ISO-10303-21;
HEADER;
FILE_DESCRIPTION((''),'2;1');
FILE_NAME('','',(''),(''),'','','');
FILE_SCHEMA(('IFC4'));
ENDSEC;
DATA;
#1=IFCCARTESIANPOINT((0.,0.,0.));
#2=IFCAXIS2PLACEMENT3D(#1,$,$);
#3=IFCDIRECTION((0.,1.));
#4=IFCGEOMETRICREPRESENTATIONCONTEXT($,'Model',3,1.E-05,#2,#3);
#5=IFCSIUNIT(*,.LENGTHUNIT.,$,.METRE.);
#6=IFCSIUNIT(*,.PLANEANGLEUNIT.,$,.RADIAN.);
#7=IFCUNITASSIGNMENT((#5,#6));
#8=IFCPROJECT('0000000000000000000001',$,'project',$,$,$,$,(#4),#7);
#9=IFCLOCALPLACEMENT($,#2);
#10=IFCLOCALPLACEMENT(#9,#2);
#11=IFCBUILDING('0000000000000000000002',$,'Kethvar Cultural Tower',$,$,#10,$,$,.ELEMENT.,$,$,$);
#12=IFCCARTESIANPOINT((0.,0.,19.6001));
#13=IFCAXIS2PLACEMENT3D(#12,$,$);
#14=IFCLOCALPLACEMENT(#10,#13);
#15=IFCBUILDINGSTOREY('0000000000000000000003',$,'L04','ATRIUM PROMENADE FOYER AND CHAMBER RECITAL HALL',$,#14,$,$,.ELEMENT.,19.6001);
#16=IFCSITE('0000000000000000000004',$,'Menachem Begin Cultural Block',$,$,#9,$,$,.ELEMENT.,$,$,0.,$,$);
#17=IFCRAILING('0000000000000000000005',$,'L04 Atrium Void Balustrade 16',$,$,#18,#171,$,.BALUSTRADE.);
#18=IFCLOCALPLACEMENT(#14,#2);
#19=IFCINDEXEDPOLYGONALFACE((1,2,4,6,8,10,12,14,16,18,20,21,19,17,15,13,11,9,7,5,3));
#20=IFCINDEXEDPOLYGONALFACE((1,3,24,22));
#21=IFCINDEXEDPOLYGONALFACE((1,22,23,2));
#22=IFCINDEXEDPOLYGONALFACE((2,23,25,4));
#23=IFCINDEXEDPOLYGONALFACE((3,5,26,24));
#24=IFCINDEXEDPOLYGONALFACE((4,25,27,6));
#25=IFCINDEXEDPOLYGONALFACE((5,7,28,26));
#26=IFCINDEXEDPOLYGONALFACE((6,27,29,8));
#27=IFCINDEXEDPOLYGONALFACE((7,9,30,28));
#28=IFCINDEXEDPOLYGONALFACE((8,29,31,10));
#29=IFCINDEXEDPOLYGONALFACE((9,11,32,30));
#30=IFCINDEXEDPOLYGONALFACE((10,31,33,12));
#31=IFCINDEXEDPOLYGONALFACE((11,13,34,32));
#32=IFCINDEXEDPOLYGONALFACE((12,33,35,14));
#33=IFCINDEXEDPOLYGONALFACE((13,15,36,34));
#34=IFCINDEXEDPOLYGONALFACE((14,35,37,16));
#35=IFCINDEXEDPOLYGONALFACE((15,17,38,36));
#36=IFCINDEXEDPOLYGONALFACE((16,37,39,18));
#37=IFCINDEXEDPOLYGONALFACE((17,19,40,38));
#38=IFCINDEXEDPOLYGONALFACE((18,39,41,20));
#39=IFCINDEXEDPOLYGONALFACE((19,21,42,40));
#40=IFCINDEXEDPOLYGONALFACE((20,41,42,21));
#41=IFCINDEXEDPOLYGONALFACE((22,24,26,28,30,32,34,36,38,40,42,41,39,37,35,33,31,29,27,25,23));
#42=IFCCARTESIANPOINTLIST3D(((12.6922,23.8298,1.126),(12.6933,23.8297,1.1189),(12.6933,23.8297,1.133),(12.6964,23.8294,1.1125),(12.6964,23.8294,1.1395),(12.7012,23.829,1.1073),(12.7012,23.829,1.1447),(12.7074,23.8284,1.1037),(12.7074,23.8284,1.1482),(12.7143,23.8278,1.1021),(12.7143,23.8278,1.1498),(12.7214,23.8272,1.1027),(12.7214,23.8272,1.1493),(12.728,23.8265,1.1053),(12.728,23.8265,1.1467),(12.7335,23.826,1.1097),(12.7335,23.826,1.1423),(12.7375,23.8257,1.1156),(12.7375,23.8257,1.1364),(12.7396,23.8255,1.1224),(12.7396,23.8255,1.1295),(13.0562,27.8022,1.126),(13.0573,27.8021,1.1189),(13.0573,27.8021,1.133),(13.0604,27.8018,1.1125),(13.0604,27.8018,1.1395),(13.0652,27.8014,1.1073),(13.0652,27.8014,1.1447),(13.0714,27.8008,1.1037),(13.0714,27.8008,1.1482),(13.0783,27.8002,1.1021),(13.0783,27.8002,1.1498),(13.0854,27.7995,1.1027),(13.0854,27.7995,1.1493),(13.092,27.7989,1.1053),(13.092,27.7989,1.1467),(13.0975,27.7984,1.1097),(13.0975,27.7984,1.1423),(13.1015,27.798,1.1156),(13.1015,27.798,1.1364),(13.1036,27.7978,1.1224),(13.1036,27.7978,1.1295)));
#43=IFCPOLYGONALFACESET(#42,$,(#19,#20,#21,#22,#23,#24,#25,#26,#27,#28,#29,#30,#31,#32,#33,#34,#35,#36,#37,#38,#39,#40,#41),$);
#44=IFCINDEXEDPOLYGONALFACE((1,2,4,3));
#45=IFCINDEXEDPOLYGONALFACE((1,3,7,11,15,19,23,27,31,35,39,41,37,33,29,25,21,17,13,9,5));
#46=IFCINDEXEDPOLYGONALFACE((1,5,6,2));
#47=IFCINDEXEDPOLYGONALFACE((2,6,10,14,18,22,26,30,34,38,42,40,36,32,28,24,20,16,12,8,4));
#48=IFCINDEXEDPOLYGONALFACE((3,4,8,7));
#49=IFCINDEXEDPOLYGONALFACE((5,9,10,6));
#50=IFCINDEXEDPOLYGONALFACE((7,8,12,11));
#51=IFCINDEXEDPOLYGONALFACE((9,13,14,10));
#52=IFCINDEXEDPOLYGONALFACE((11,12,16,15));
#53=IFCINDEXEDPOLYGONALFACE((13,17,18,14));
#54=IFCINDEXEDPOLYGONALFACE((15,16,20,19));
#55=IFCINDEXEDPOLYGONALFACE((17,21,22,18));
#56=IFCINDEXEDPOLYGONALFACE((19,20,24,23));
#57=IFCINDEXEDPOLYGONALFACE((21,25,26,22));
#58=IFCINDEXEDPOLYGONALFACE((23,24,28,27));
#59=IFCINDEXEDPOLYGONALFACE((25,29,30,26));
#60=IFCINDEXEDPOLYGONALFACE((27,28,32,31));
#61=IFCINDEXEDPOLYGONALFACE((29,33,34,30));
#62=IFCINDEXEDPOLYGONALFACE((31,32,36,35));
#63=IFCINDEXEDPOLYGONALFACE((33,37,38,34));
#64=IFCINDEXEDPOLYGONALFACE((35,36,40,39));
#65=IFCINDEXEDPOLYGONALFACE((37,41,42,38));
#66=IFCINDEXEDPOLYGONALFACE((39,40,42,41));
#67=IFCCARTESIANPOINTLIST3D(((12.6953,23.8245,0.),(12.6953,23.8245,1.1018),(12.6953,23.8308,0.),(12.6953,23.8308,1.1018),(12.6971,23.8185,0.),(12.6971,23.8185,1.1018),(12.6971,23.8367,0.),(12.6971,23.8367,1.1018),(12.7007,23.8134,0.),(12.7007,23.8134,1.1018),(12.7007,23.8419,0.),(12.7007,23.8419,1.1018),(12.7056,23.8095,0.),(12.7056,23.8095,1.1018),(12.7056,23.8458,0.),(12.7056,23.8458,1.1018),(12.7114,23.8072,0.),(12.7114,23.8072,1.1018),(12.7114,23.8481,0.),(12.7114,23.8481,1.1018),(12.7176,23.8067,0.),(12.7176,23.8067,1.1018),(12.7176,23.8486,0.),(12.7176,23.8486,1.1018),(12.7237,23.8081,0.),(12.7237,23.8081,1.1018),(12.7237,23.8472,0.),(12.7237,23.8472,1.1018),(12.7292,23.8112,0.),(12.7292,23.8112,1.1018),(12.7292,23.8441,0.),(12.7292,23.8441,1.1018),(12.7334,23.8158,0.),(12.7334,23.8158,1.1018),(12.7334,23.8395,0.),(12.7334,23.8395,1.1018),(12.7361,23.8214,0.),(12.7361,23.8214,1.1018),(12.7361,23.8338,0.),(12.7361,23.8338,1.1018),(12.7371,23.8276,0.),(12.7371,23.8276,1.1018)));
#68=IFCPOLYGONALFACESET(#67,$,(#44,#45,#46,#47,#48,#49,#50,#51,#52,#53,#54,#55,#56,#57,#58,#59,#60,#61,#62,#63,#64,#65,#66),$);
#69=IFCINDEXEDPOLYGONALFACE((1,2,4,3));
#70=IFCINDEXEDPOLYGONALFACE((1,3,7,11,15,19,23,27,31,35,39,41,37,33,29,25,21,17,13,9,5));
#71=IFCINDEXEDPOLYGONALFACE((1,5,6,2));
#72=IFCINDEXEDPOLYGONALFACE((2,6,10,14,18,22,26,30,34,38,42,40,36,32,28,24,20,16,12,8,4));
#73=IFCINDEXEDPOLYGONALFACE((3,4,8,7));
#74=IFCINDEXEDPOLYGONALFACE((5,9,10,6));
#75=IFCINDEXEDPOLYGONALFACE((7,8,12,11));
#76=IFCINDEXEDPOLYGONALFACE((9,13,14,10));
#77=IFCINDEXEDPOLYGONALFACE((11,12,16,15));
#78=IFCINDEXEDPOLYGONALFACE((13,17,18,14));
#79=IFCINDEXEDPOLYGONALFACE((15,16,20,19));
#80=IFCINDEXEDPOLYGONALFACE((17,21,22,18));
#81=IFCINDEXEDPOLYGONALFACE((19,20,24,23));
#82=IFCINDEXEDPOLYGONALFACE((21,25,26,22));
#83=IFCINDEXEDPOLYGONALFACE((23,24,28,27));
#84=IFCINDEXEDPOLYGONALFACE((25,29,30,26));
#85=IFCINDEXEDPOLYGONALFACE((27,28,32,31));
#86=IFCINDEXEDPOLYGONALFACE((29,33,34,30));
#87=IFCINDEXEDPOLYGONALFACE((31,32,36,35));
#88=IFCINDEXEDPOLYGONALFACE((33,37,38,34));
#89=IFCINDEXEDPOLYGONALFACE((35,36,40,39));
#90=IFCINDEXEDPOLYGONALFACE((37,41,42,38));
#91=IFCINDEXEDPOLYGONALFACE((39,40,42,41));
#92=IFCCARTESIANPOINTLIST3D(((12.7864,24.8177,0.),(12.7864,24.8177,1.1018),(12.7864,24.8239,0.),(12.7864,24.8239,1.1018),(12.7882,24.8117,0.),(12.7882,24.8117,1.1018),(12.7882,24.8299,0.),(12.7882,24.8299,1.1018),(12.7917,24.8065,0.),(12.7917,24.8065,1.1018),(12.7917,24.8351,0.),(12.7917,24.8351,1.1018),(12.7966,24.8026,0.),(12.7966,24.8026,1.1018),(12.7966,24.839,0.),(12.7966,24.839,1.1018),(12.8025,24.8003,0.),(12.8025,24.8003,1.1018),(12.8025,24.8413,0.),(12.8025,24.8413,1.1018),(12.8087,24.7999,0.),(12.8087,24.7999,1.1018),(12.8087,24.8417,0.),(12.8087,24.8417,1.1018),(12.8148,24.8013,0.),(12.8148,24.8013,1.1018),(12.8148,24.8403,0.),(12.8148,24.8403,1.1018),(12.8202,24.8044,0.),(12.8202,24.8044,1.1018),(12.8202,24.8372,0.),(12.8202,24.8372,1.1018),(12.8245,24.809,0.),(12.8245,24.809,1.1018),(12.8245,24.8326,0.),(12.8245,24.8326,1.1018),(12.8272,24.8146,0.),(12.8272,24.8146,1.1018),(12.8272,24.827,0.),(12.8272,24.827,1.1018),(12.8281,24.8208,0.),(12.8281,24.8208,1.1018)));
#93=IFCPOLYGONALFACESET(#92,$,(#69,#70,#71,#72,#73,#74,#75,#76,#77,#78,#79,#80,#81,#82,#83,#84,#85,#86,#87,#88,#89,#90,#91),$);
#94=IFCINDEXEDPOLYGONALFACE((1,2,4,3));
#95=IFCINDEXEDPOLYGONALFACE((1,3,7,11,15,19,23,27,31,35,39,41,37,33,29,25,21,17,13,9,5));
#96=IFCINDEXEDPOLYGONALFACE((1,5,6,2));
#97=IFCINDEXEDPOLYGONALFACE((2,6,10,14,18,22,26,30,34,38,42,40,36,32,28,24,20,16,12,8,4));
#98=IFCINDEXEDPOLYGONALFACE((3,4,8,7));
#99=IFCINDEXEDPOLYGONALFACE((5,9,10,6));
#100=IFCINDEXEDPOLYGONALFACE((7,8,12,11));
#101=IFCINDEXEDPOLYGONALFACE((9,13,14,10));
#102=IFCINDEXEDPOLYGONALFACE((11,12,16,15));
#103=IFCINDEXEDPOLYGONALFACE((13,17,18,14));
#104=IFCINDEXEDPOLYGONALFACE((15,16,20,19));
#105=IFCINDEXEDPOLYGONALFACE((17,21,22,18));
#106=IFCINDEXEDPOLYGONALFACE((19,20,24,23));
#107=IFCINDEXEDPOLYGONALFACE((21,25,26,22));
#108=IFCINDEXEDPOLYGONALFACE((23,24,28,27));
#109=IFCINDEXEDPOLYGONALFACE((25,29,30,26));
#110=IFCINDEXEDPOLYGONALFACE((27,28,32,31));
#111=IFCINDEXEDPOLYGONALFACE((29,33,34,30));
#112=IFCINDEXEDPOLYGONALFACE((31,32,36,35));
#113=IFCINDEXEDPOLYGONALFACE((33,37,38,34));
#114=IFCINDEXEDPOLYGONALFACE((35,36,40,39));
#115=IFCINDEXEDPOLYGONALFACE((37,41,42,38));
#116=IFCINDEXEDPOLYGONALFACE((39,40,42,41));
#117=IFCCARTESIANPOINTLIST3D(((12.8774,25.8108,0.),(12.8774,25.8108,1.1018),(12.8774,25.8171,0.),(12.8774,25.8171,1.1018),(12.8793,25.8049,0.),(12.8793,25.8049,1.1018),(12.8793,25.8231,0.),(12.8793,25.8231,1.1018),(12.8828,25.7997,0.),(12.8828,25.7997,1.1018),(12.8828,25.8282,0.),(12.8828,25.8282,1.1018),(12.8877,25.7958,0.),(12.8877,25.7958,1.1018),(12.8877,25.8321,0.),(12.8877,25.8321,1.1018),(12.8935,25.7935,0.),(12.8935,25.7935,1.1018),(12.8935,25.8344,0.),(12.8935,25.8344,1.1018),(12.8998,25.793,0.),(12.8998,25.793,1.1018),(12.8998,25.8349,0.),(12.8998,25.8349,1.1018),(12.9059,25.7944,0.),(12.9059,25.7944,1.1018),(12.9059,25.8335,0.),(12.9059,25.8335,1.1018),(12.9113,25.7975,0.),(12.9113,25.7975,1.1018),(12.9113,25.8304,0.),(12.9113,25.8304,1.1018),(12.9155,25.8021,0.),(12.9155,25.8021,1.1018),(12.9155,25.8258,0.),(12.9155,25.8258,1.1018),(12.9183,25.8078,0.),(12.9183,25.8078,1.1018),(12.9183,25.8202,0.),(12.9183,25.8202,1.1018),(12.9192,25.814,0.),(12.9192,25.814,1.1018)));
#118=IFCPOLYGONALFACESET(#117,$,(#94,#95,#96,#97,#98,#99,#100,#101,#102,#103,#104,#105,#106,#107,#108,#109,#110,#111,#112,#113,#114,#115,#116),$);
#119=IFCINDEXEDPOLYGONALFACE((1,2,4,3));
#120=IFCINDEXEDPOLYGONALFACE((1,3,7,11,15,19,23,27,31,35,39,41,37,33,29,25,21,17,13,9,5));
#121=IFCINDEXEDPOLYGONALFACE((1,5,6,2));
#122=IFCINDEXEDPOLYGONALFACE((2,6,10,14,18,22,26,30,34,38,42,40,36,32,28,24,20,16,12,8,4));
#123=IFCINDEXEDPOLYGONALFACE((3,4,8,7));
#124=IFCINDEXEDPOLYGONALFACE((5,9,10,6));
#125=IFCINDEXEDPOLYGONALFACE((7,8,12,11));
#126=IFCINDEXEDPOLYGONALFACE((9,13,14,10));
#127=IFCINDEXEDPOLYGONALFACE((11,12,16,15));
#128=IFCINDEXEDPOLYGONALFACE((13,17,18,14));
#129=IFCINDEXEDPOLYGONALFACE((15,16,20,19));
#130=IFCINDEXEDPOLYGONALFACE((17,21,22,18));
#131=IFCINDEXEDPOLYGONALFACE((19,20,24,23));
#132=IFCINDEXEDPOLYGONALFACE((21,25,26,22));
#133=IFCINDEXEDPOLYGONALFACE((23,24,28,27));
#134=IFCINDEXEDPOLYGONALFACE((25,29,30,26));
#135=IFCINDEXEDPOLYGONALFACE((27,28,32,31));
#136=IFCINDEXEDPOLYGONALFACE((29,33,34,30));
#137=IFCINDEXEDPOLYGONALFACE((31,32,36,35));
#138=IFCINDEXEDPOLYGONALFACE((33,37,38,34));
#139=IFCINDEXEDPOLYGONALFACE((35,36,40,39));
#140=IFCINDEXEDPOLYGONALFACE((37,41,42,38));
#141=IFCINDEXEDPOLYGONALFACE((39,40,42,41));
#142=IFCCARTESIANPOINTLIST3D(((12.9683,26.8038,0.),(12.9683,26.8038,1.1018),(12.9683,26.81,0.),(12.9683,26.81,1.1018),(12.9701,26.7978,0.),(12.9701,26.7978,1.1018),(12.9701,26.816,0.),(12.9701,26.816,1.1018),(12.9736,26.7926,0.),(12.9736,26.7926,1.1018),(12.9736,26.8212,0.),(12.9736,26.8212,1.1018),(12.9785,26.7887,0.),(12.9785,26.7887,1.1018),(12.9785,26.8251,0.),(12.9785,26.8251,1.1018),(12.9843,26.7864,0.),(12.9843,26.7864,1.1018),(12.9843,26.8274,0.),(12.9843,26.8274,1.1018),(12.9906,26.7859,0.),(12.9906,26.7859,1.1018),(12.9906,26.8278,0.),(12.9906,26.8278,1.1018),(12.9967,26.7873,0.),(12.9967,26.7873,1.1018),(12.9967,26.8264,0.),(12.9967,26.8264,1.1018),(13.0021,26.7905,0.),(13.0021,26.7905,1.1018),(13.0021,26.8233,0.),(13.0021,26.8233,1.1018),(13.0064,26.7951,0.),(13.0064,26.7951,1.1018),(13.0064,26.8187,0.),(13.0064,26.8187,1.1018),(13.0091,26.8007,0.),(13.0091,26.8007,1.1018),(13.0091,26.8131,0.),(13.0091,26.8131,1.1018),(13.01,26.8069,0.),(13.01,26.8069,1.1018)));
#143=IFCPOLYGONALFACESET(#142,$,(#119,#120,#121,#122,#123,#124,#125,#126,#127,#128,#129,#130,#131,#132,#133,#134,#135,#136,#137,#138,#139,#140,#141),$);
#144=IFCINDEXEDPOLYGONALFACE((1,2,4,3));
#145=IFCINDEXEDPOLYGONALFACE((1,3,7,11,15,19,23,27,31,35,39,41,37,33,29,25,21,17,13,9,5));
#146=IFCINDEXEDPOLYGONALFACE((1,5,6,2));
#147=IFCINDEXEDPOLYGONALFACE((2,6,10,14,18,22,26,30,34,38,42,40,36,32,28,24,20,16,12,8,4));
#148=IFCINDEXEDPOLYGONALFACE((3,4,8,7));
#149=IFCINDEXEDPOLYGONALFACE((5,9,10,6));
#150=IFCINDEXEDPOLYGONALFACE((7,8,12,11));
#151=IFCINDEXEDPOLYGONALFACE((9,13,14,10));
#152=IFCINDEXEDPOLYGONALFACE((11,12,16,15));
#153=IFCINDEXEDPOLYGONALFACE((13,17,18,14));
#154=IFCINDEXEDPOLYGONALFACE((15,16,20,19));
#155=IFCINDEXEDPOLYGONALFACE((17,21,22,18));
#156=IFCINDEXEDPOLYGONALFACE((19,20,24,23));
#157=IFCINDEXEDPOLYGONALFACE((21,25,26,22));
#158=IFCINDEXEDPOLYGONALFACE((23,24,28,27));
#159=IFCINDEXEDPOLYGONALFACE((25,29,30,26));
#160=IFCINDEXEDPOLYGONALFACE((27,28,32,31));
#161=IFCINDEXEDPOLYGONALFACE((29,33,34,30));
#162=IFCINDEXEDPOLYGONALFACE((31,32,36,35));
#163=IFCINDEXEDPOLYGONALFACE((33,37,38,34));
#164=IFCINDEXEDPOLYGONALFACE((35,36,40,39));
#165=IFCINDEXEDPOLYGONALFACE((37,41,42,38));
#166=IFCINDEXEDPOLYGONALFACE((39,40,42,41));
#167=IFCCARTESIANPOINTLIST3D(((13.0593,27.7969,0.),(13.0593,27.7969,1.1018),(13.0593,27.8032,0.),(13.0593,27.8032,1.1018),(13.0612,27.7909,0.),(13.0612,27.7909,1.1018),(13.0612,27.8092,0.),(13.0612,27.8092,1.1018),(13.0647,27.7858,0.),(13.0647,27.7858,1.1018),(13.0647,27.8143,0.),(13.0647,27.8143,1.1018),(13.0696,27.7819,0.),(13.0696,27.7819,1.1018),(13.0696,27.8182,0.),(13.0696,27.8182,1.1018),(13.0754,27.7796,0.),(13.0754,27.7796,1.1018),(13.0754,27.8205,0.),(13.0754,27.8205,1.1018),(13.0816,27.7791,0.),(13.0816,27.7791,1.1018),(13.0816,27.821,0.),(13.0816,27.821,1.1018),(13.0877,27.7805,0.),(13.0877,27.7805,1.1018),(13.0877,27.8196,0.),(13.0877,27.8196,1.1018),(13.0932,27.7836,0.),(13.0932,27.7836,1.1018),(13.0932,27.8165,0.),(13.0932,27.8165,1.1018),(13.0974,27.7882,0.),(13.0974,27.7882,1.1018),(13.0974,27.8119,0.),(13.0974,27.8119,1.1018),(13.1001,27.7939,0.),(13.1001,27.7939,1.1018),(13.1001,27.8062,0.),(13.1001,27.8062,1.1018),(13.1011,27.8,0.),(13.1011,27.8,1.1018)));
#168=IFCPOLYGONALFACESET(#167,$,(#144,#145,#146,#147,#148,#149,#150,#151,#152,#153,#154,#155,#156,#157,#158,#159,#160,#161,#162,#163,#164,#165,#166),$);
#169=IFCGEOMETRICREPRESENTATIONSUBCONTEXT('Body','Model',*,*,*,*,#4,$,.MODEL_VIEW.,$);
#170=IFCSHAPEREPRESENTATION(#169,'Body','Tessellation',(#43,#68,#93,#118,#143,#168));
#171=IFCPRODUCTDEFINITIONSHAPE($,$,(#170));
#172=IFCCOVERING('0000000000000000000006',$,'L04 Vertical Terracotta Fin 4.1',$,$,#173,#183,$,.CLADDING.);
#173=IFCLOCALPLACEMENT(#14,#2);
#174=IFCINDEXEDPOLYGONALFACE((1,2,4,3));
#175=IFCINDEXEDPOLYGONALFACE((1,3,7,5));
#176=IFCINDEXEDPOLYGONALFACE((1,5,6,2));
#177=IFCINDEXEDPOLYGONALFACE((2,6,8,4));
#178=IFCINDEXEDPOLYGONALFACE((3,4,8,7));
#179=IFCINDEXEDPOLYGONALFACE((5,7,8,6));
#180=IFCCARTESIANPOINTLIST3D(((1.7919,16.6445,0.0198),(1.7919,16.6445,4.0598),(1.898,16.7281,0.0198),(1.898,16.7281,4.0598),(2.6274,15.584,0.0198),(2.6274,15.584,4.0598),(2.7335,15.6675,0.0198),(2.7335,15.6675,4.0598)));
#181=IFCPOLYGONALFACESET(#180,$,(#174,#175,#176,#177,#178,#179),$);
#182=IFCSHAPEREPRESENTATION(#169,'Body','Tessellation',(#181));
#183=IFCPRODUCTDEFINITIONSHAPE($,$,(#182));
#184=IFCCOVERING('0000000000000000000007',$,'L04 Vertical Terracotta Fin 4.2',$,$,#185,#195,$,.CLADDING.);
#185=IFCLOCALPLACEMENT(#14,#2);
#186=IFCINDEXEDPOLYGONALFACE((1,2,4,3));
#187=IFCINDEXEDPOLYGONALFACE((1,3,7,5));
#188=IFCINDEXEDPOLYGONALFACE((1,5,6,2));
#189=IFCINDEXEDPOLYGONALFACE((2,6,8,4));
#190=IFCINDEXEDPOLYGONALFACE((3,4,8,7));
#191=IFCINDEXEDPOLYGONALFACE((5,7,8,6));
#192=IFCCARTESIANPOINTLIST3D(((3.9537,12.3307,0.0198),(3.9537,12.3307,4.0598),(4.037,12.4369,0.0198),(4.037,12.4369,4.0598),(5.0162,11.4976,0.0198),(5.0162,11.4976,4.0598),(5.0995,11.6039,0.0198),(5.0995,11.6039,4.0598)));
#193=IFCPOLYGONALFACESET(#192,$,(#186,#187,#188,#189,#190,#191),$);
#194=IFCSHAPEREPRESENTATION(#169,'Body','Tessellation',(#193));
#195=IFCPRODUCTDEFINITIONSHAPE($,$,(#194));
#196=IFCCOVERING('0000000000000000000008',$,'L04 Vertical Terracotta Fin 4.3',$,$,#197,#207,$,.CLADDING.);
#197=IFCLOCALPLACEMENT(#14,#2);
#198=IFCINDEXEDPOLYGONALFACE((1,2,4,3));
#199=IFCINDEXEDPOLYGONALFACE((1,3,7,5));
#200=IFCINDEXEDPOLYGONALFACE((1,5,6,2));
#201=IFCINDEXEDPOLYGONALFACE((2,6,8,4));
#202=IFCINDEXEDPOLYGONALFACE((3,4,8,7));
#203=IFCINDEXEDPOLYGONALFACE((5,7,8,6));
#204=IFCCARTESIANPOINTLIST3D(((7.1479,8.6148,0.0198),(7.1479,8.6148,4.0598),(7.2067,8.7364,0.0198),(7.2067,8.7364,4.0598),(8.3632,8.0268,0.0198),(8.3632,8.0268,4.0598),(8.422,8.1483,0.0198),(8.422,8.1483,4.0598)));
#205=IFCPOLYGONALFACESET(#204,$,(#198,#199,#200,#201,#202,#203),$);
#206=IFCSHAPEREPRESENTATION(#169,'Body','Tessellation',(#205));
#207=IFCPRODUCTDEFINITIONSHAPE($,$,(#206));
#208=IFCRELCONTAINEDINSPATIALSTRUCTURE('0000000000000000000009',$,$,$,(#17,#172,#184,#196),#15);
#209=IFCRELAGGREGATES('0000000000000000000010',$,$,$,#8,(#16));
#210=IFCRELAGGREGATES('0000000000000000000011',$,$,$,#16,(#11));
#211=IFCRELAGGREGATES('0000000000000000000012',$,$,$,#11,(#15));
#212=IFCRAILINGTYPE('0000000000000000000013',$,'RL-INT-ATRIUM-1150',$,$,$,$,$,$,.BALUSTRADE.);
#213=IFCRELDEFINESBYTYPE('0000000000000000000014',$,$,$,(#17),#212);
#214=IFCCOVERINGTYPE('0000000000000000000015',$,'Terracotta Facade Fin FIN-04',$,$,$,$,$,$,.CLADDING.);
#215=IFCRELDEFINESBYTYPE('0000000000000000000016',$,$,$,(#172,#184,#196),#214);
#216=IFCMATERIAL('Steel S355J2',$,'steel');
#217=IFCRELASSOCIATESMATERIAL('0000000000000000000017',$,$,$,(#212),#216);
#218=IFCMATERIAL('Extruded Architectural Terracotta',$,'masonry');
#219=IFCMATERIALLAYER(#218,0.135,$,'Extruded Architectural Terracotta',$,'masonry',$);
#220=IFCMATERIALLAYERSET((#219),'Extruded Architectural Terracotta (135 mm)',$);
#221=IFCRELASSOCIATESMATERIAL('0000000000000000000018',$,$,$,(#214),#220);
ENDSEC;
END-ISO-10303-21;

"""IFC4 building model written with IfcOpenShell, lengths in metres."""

from ifc_helpers import new_model, si_unit, direction, frame, origin, origin_2d, place, context, subcontext, project, spatial, rectangle, circle, extrude, source, transform, mapped, material, layer, layer_set, type_object, element, save


model = new_model("IFC4")

# Units and contexts
model_context = context("Model", 3, precision=1e-05, world=origin(), true_north=direction((0.0, 1.0)))
body_context = subcontext(model_context, "Body", "Model", "MODEL_VIEW")
ifc_project = project(units=[si_unit("LENGTHUNIT", "METRE"), si_unit("PLANEANGLEUNIT", "RADIAN")], contexts=[model_context])

# Site, building, storey
site_placement = place(None, origin())
site = spatial("IfcSite", under=ifc_project, at=site_placement, Name="Menachem Begin Cultural Block", CompositionType="ELEMENT", RefElevation=0.0)
building_placement = place(site_placement, origin())
building = spatial("IfcBuilding", under=site, at=building_placement, Name="Kethvar Cultural Tower", CompositionType="ELEMENT")
storey_placement = place(building_placement, frame((0.0, 0.0, 19.6001)))
storey = spatial("IfcBuildingStorey", under=building, at=storey_placement, Name="L04", Description="ATRIUM PROMENADE FOYER AND CHAMBER RECITAL HALL", CompositionType="ELEMENT", Elevation=19.6001)

# Shared definitions
ifc_material_1 = material(Name="Steel S355J2", Category="steel")

# Railing
railing_type = type_object("IfcRailingType", Name="RL-INT-ATRIUM-1150", PredefinedType="BALUSTRADE", material=ifc_material_1)
railing_1_placement = place(storey_placement, frame((12.7161, 23.8276, 0.0)))
element("IfcRailing", 1, at=railing_1_placement, inside=storey, type_object=railing_type, Name="L04 Atrium Void Balustrade 16", PredefinedType="BALUSTRADE", context=body_context, shape_type="SweptSolid", body=[
    extrude(circle(Radius=0.0239, at=origin_2d()), frame((0.0, 0.0, 1.126), z_axis=(0.091253, 0.995828, 0.0), x_axis=(-0.995828, 0.091253, 0.0)), (0.0, 0.0, 1.0), 3.989),
    extrude(circle(Radius=0.021, at=origin_2d()), origin(), (0.0, 0.0, 1.0), 1.1018),
    extrude(circle(Radius=0.021, at=origin_2d()), frame((0.0911, 0.9932, 0.0)), (0.0, 0.0, 1.0), 1.1018),
    extrude(circle(Radius=0.021, at=origin_2d()), frame((0.1821, 1.9863, 0.0)), (0.0, 0.0, 1.0), 1.1018),
    extrude(circle(Radius=0.021, at=origin_2d()), frame((0.2729, 2.9792, 0.0)), (0.0, 0.0, 1.0), 1.1018),
    extrude(circle(Radius=0.021, at=origin_2d()), frame((0.364, 3.9724, 0.0)), (0.0, 0.0, 1.0), 1.1018),
])

# Coverings
ifc_material_2 = material(Name="Extruded Architectural Terracotta", Category="masonry")
ifc_layer_1 = layer(ifc_material_2, 0.135, Name="Extruded Architectural Terracotta", Category="masonry")
ifc_layer_set_1 = layer_set([ifc_layer_1], Name="Extruded Architectural Terracotta (135 mm)")
covering_type = type_object("IfcCoveringType", Name="Terracotta Facade Fin FIN-04", PredefinedType="CLADDING", material=ifc_layer_set_1)
shared_shape_1 = source(origin(), body_context, "Body", "SweptSolid", [
    extrude(rectangle(XDim=1.3501, YDim=0.135, at=origin_2d()), origin(), (0.0, 0.0, 1.0), 4.04),
])
for number, where, z_axis, x_axis, name in (
    (2, (2.2627, 16.156, 0.0198), (0.0, 0.0, 1.0), (-0.61882, 0.785533, 0.0), "L04 Vertical Terracotta Fin 4.1"),
    (3, (4.5266, 11.9673, 0.0198), (0.0, 0.0, 1.0), (-0.786935, 0.617036, 0.0), "L04 Vertical Terracotta Fin 4.2"),
    (4, (7.7849, 8.3816, 0.0198), (0.0, 0.0, 1.0), (-0.900167, 0.435545, 0.0), "L04 Vertical Terracotta Fin 4.3"),
):
    element("IfcCovering", number, at=place(storey_placement, frame(where, z_axis=z_axis, x_axis=x_axis)), inside=storey, type_object=covering_type, Name=name, PredefinedType="CLADDING", context=body_context, shape_type="MappedRepresentation", body=[
        mapped(shared_shape_1, transform((0.0, 0.0, 0.0), scale=1.0)),
    ])

save(model, "model.ifc")
